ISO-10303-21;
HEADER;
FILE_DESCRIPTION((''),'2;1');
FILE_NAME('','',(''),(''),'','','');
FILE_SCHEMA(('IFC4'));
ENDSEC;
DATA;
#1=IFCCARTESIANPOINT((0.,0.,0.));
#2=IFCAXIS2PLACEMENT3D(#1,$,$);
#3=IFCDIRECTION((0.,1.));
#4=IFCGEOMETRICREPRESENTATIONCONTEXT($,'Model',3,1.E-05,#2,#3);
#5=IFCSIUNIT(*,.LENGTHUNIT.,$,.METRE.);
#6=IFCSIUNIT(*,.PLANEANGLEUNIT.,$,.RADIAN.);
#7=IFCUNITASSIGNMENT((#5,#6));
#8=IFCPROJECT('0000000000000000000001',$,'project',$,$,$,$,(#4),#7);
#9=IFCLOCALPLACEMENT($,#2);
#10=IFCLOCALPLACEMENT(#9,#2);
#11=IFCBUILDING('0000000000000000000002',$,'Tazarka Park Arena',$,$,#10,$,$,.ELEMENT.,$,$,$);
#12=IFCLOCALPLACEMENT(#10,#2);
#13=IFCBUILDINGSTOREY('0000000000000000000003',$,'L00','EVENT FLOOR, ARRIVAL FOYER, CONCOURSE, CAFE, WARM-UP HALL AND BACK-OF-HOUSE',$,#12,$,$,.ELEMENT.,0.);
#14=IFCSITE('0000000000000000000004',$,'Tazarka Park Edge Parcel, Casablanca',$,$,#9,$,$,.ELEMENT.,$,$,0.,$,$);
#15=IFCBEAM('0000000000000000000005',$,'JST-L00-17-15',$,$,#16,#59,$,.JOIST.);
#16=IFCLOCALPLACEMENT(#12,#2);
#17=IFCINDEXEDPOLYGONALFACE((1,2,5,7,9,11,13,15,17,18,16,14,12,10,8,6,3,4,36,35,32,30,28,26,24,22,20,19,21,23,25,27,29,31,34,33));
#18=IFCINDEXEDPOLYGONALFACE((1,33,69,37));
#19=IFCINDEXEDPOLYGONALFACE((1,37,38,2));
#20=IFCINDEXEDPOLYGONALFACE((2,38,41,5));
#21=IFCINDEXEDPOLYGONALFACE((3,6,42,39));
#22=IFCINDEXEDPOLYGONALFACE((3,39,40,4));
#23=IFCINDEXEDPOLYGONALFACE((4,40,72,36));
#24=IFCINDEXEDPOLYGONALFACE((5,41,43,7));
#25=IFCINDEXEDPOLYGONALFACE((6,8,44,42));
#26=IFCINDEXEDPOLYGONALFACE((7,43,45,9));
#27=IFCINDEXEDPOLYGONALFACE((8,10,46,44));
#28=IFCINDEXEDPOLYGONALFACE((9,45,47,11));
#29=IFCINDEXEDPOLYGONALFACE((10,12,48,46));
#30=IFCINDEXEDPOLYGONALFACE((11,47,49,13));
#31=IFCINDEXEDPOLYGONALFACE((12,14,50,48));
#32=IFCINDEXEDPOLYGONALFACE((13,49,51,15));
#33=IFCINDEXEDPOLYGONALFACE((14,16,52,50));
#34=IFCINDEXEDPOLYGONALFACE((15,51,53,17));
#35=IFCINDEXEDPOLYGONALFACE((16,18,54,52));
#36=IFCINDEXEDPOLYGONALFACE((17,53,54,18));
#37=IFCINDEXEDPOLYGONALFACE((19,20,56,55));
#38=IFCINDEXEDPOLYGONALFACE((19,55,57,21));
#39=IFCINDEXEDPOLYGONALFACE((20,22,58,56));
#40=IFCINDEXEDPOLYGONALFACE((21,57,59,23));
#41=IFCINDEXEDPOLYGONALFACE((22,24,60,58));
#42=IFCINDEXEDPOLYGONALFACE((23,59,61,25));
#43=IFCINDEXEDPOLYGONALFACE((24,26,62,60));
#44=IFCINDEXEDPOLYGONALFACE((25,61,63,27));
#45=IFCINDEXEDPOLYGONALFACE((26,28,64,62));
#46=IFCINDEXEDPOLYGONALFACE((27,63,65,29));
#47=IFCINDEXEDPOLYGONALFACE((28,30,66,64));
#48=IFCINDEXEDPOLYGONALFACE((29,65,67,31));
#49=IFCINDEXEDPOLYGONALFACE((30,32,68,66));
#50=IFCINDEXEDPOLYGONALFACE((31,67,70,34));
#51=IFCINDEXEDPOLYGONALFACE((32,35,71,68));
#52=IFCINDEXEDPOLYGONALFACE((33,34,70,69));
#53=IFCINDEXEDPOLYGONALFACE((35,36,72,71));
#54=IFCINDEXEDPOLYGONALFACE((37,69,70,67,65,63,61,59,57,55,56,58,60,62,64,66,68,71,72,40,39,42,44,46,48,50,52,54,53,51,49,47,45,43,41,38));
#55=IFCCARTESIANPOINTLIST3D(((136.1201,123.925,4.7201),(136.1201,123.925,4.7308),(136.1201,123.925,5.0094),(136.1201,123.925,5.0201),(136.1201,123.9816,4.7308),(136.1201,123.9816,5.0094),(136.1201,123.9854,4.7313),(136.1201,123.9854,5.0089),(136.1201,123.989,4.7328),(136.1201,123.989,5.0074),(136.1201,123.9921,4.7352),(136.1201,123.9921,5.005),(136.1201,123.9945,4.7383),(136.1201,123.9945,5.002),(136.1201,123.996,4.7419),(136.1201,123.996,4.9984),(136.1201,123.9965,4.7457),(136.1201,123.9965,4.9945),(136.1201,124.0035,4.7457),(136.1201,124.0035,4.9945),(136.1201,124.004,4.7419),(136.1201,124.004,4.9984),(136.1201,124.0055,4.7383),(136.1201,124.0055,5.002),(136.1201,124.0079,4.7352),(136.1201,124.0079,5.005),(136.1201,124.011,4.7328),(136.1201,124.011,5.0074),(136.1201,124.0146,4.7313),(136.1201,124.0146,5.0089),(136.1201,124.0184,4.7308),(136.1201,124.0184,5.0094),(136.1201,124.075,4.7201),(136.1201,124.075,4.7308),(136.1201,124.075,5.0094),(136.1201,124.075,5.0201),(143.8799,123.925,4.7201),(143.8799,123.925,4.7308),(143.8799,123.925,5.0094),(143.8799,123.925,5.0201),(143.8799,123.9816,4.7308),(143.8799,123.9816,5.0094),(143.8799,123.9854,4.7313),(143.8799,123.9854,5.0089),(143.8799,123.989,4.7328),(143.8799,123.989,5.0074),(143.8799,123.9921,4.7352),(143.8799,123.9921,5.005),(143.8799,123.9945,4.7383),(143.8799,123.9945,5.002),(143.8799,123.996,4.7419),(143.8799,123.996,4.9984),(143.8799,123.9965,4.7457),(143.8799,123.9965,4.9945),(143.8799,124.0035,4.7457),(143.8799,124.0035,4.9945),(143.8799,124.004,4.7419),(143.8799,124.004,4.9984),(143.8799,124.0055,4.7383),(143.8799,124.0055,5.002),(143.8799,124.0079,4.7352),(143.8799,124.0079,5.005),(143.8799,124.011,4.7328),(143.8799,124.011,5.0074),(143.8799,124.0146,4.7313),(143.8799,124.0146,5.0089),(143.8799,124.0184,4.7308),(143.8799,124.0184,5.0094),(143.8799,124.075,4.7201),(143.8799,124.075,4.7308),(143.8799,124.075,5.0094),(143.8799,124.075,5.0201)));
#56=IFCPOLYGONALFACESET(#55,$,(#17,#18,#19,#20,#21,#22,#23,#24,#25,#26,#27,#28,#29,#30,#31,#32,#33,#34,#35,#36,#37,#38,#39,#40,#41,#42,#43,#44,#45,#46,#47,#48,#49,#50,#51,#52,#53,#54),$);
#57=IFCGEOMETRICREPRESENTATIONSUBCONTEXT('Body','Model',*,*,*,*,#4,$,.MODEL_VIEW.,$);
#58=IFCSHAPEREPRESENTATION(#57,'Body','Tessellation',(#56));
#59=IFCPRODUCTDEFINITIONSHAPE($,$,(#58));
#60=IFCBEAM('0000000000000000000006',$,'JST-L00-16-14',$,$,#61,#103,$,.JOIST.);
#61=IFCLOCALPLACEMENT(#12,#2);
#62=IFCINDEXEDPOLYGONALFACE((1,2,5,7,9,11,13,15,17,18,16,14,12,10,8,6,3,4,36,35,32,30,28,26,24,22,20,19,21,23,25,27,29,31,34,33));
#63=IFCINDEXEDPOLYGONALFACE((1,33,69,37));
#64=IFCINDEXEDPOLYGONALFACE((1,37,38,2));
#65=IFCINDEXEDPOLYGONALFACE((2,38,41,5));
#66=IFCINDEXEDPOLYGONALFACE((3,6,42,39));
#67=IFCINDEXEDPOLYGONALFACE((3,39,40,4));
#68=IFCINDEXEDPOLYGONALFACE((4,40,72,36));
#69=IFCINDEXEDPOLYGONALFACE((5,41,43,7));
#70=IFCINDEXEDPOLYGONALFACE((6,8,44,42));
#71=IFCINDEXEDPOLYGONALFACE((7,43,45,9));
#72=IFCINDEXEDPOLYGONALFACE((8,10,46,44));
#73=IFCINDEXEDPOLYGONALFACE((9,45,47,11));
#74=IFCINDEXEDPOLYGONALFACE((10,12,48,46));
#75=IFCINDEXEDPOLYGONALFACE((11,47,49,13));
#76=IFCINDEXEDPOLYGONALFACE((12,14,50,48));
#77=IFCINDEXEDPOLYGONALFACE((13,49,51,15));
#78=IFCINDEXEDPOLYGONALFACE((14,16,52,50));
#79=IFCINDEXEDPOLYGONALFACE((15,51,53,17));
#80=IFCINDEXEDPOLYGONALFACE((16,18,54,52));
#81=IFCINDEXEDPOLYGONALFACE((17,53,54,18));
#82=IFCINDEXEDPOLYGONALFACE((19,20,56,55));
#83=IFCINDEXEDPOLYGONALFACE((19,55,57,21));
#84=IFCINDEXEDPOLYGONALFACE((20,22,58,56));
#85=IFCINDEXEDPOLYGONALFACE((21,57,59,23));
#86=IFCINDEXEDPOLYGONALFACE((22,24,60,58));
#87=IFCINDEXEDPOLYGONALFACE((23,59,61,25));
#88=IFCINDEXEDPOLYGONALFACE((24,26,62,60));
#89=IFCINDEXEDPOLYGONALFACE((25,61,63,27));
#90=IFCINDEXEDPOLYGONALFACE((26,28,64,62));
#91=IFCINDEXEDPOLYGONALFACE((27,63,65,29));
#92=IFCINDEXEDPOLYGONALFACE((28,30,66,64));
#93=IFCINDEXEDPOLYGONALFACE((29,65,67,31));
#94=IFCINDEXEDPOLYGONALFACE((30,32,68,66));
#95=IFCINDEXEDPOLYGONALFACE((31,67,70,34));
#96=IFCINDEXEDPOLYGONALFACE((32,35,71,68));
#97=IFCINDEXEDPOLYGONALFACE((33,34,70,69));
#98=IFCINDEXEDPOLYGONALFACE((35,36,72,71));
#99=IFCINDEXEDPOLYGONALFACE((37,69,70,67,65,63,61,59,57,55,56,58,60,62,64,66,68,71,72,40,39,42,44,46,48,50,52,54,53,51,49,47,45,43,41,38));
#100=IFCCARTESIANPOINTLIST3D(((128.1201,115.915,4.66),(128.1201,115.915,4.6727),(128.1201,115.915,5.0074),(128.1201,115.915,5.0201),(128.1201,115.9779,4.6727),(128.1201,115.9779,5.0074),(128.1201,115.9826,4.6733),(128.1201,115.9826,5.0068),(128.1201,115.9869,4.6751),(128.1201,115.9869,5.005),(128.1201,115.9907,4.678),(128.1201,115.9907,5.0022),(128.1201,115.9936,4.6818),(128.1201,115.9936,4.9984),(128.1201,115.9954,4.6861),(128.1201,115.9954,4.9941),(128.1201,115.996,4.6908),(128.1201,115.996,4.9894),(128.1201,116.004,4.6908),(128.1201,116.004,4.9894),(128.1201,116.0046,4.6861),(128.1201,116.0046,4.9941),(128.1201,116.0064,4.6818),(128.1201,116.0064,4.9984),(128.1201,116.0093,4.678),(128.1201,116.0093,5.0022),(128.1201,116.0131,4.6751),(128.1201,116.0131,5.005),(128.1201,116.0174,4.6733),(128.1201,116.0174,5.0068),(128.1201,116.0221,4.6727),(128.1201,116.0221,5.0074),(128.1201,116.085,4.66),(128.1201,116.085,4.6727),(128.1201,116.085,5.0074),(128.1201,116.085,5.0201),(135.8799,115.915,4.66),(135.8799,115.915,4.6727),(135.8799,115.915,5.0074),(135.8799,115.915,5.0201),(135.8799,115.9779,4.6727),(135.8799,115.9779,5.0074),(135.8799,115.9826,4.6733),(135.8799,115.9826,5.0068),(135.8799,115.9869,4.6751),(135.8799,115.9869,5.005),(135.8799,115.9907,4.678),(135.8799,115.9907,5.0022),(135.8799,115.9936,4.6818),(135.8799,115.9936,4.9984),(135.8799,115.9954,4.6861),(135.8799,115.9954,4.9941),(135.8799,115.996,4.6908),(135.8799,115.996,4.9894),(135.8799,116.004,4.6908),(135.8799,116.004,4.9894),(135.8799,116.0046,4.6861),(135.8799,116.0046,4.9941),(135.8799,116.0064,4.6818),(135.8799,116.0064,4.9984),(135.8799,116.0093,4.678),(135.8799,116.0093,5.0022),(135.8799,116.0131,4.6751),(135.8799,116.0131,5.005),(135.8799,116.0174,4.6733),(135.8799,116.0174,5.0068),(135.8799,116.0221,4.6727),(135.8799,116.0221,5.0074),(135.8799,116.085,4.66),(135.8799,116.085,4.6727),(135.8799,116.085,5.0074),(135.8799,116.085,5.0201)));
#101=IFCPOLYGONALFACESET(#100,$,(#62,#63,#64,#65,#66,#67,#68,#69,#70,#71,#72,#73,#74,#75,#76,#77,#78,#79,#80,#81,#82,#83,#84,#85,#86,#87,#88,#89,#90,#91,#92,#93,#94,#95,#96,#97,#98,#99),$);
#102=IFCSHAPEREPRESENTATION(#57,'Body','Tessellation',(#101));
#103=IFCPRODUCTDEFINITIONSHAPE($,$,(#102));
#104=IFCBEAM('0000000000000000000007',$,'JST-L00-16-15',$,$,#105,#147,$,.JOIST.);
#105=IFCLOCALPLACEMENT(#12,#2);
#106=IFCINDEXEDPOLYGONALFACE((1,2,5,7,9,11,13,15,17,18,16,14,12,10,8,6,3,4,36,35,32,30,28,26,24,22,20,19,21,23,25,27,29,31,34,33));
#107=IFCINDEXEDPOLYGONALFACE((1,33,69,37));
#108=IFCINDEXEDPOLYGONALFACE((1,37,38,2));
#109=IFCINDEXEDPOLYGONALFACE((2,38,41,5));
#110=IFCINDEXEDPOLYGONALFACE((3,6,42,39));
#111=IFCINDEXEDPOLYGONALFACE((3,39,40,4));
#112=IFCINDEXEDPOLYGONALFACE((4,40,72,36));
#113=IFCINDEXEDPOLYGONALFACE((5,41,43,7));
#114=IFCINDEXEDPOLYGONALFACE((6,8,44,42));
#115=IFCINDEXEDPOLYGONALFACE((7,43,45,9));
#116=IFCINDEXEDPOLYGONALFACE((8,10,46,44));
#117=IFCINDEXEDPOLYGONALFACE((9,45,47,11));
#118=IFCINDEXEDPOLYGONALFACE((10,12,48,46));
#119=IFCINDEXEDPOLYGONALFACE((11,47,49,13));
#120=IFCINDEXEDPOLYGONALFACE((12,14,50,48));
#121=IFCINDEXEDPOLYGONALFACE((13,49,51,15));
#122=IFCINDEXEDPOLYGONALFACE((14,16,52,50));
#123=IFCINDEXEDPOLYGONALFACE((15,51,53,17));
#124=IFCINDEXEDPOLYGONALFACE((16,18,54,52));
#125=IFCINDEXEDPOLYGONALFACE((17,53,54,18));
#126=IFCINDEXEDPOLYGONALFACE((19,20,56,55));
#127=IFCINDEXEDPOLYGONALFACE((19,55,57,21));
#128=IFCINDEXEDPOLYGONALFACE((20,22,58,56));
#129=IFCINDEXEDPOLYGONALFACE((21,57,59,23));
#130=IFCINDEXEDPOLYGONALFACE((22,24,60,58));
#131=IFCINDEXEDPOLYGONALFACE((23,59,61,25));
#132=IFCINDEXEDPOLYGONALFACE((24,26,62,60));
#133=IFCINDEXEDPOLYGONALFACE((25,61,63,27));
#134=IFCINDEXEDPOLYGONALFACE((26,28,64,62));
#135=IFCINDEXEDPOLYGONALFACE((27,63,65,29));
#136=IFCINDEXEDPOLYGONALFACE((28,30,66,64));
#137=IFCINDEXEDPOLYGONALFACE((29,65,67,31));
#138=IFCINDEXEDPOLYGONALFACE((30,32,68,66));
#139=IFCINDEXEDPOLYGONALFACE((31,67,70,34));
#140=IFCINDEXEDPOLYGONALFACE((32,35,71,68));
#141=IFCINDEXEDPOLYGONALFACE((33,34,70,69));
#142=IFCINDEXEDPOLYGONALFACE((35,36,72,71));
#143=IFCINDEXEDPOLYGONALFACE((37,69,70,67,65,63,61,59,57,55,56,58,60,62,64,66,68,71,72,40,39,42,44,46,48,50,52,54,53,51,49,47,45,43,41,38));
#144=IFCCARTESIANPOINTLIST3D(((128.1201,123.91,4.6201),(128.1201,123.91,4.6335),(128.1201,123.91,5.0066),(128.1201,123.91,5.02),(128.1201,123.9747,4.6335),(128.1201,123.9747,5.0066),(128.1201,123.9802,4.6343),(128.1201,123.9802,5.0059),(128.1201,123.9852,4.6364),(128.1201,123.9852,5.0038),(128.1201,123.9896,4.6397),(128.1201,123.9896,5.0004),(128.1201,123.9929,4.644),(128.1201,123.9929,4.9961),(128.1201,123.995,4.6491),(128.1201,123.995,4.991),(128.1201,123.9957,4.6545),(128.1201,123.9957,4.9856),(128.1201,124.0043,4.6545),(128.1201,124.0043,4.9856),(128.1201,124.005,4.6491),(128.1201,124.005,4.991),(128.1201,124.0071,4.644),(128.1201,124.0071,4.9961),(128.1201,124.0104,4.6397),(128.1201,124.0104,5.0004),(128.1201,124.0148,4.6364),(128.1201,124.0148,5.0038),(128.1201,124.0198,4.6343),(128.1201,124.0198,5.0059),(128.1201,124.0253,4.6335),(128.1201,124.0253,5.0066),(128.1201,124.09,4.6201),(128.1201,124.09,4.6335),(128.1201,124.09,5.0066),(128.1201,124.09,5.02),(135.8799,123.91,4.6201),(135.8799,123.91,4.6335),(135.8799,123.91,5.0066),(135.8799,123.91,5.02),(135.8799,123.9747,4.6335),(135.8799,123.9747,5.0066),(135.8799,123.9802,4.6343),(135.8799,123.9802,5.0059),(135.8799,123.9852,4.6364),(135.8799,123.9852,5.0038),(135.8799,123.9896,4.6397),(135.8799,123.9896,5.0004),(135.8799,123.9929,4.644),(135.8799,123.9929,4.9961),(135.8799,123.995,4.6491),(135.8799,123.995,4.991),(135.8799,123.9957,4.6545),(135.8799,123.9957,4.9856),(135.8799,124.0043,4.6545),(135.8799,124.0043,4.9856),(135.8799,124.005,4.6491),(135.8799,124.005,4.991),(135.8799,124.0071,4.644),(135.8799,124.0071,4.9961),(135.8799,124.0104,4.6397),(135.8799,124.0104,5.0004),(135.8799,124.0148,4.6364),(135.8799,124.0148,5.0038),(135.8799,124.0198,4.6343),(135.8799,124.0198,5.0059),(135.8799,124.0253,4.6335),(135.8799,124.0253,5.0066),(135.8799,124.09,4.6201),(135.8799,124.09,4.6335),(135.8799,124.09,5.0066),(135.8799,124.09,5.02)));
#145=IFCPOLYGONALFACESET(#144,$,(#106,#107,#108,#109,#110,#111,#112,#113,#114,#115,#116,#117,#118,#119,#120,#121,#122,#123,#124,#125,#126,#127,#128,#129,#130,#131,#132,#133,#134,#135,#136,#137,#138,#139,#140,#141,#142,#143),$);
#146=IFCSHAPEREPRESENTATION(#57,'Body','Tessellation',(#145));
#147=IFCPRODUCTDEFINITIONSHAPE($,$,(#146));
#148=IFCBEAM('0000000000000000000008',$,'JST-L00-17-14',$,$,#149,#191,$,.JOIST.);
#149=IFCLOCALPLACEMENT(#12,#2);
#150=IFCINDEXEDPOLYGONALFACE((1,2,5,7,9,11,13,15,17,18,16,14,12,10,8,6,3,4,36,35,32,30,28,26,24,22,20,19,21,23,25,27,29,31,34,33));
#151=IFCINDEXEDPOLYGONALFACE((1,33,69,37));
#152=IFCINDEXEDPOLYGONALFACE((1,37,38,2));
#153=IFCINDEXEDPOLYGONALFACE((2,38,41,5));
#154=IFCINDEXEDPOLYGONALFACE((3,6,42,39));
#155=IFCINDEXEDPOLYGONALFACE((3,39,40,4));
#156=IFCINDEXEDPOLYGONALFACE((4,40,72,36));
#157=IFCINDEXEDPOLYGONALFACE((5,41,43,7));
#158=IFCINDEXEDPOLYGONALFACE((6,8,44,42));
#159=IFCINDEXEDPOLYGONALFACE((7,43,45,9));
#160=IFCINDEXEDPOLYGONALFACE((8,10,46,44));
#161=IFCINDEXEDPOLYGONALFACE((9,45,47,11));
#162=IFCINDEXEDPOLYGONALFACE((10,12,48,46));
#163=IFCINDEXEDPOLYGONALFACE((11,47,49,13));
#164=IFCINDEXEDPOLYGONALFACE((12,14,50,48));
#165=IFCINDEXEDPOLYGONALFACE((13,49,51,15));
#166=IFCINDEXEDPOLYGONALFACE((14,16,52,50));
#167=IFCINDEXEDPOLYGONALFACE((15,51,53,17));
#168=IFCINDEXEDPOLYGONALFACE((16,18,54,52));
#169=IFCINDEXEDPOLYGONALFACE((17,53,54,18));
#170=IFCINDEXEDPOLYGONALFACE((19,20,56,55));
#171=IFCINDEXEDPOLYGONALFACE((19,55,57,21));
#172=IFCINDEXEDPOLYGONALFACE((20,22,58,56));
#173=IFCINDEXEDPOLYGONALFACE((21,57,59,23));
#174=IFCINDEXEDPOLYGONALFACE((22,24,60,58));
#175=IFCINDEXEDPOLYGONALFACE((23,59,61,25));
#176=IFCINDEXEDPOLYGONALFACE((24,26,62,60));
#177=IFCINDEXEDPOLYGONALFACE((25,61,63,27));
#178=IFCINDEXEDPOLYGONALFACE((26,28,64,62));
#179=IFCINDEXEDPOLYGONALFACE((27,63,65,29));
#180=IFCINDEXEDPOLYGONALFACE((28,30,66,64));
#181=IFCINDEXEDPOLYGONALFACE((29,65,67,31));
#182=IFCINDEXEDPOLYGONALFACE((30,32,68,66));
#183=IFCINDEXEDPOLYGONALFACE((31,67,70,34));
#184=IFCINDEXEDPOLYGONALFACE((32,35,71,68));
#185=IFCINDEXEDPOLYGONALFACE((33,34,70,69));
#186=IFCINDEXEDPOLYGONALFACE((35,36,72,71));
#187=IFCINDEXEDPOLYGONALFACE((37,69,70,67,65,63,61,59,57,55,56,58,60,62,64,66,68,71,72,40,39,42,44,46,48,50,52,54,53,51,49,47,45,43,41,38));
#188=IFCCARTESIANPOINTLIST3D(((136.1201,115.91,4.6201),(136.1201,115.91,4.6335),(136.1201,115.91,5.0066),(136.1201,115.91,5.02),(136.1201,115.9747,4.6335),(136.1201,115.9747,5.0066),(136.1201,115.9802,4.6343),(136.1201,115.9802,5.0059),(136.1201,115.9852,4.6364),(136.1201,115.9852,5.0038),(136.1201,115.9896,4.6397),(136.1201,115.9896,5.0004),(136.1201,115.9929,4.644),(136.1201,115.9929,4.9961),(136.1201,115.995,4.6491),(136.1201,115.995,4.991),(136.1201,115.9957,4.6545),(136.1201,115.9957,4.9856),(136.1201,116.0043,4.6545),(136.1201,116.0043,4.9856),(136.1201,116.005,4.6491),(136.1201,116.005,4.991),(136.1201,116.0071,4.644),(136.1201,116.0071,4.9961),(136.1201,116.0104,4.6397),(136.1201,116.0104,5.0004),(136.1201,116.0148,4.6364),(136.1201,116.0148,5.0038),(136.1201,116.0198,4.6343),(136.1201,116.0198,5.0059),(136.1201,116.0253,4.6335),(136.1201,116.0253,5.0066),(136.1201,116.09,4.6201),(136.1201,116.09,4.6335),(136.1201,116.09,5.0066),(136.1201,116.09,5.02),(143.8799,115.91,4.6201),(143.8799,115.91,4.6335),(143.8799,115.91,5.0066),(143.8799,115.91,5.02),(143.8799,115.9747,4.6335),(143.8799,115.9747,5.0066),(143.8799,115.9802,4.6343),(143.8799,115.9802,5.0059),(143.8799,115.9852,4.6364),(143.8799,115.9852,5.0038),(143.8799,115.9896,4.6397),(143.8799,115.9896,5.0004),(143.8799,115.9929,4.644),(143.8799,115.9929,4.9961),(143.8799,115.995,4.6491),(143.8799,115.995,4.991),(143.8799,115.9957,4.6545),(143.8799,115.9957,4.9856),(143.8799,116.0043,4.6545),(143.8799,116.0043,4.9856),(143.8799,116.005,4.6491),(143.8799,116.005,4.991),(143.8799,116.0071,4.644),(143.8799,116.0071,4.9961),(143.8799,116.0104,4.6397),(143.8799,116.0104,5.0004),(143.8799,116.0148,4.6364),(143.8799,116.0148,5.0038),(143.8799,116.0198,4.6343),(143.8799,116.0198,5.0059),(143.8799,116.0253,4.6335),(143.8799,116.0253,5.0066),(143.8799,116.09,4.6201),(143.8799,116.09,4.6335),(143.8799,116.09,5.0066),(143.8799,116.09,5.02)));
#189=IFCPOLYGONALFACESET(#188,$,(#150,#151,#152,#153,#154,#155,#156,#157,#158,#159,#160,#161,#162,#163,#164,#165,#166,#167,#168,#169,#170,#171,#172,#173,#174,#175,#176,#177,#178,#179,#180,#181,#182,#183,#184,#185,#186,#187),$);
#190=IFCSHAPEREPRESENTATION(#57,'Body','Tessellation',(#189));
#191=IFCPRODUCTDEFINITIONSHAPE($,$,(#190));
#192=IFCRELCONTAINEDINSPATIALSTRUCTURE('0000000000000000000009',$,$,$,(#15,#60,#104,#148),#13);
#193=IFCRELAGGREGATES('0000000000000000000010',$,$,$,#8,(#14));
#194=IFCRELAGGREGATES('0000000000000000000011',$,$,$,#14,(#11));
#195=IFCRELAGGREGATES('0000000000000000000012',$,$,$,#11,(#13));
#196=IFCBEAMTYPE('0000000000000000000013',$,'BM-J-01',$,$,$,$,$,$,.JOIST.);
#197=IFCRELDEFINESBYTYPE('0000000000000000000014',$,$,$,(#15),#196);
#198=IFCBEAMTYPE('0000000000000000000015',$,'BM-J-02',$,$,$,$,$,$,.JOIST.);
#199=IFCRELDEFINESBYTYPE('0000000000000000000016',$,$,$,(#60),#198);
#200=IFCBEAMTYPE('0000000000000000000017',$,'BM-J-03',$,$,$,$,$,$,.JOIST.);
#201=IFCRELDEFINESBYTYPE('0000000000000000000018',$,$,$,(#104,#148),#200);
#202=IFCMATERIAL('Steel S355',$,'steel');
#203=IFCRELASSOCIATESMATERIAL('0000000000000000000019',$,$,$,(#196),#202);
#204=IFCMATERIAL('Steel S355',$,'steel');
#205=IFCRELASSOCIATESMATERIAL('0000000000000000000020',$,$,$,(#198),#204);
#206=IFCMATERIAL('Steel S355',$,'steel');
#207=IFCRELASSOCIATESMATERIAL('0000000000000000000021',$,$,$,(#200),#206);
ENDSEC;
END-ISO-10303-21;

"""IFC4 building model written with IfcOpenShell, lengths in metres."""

from ifc_helpers import new_model, si_unit, direction, frame, origin, origin_2d, place, context, subcontext, project, spatial, i_section, extrude, material, material_profile, profile_set, type_object, element, save


model = new_model("IFC4")

# Units and contexts
model_context = context("Model", 3, precision=1e-05, world=origin(), true_north=direction((0.0, 1.0)))
body_context = subcontext(model_context, "Body", "Model", "MODEL_VIEW")
ifc_project = project(units=[si_unit("LENGTHUNIT", "METRE"), si_unit("PLANEANGLEUNIT", "RADIAN")], contexts=[model_context])

# Site, building, storey
site_placement = place(None, origin())
site = spatial("IfcSite", under=ifc_project, at=site_placement, Name="Tazarka Park Edge Parcel, Casablanca", CompositionType="ELEMENT", RefElevation=0.0)
building_placement = place(site_placement, origin())
building = spatial("IfcBuilding", under=site, at=building_placement, Name="Tazarka Park Arena", CompositionType="ELEMENT")
storey_placement = place(building_placement, origin())
storey = spatial("IfcBuildingStorey", under=building, at=storey_placement, Name="L00", Description="EVENT FLOOR, ARRIVAL FOYER, CONCOURSE, CAFE, WARM-UP HALL AND BACK-OF-HOUSE", CompositionType="ELEMENT", Elevation=0.0)

# Beams
ifc_material_1 = material(Name="Steel S355", Category="steel")
ifc_material_profile_1 = material_profile(ifc_material_1, i_section(OverallWidth=0.1499, OverallDepth=0.3, WebThickness=0.0071, FlangeThickness=0.0107, FilletRadius=0.0149, at=origin_2d()), Name="Steel S355")
ifc_profile_set_1 = profile_set([ifc_material_profile_1], Name="Steel S355")
beam_type_1 = type_object("IfcBeamType", Name="BM-J-01", PredefinedType="JOIST", material=ifc_profile_set_1)
for number, where, z_axis, x_axis, name in (
    (1, (136.1201, 124.0, 4.8701), (1.0, 0.0, 0.0), (0.0, 1.0, 0.0), "JST-L00-17-15"),
):
    element("IfcBeam", number, at=place(storey_placement, frame(where, z_axis=z_axis, x_axis=x_axis)), inside=storey, type_object=beam_type_1, Name=name, PredefinedType="JOIST", context=body_context, shape_type="SweptSolid", body=[
        extrude(i_section(OverallWidth=0.1499, OverallDepth=0.3, WebThickness=0.0071, FlangeThickness=0.0107, FilletRadius=0.0149, at=origin_2d()), origin(), (0.0, 0.0, 1.0), 7.7598),
    ])
ifc_material_2 = material(Name="Steel S355", Category="steel")
ifc_material_profile_2 = material_profile(ifc_material_2, i_section(OverallWidth=0.1699, OverallDepth=0.3601, WebThickness=0.0081, FlangeThickness=0.0127, FilletRadius=0.0181, at=origin_2d()), Name="Steel S355")
ifc_profile_set_2 = profile_set([ifc_material_profile_2], Name="Steel S355")
beam_type_2 = type_object("IfcBeamType", Name="BM-J-02", PredefinedType="JOIST", material=ifc_profile_set_2)
beam_placement = place(storey_placement, frame((128.1201, 116.0, 4.8401), z_axis=(1.0, 0.0, 0.0), x_axis=(0.0, 1.0, 0.0)))
element("IfcBeam", 2, at=beam_placement, inside=storey, type_object=beam_type_2, Name="JST-L00-16-14", PredefinedType="JOIST", context=body_context, shape_type="SweptSolid", body=[
    extrude(i_section(OverallWidth=0.1699, OverallDepth=0.3601, WebThickness=0.0081, FlangeThickness=0.0127, FilletRadius=0.0181, at=origin_2d()), origin(), (0.0, 0.0, 1.0), 7.7598),
])
ifc_material_3 = material(Name="Steel S355", Category="steel")
ifc_material_profile_3 = material_profile(ifc_material_3, i_section(OverallWidth=0.1799, OverallDepth=0.3999, WebThickness=0.0085, FlangeThickness=0.0134, FilletRadius=0.021, at=origin_2d()), Name="Steel S355")
ifc_profile_set_3 = profile_set([ifc_material_profile_3], Name="Steel S355")
beam_type_3 = type_object("IfcBeamType", Name="BM-J-03", PredefinedType="JOIST", material=ifc_profile_set_3)
for number, where, z_axis, x_axis, name in (
    (3, (128.1201, 124.0, 4.8201), (1.0, 0.0, 0.0), (0.0, 1.0, 0.0), "JST-L00-16-15"),
    (4, (136.1201, 116.0, 4.8201), (1.0, 0.0, 0.0), (0.0, 1.0, 0.0), "JST-L00-17-14"),
):
    element("IfcBeam", number, at=place(storey_placement, frame(where, z_axis=z_axis, x_axis=x_axis)), inside=storey, type_object=beam_type_3, Name=name, PredefinedType="JOIST", context=body_context, shape_type="SweptSolid", body=[
        extrude(i_section(OverallWidth=0.1799, OverallDepth=0.3999, WebThickness=0.0085, FlangeThickness=0.0134, FilletRadius=0.021, at=origin_2d()), origin(), (0.0, 0.0, 1.0), 7.7598),
    ])

save(model, "model.ifc")
